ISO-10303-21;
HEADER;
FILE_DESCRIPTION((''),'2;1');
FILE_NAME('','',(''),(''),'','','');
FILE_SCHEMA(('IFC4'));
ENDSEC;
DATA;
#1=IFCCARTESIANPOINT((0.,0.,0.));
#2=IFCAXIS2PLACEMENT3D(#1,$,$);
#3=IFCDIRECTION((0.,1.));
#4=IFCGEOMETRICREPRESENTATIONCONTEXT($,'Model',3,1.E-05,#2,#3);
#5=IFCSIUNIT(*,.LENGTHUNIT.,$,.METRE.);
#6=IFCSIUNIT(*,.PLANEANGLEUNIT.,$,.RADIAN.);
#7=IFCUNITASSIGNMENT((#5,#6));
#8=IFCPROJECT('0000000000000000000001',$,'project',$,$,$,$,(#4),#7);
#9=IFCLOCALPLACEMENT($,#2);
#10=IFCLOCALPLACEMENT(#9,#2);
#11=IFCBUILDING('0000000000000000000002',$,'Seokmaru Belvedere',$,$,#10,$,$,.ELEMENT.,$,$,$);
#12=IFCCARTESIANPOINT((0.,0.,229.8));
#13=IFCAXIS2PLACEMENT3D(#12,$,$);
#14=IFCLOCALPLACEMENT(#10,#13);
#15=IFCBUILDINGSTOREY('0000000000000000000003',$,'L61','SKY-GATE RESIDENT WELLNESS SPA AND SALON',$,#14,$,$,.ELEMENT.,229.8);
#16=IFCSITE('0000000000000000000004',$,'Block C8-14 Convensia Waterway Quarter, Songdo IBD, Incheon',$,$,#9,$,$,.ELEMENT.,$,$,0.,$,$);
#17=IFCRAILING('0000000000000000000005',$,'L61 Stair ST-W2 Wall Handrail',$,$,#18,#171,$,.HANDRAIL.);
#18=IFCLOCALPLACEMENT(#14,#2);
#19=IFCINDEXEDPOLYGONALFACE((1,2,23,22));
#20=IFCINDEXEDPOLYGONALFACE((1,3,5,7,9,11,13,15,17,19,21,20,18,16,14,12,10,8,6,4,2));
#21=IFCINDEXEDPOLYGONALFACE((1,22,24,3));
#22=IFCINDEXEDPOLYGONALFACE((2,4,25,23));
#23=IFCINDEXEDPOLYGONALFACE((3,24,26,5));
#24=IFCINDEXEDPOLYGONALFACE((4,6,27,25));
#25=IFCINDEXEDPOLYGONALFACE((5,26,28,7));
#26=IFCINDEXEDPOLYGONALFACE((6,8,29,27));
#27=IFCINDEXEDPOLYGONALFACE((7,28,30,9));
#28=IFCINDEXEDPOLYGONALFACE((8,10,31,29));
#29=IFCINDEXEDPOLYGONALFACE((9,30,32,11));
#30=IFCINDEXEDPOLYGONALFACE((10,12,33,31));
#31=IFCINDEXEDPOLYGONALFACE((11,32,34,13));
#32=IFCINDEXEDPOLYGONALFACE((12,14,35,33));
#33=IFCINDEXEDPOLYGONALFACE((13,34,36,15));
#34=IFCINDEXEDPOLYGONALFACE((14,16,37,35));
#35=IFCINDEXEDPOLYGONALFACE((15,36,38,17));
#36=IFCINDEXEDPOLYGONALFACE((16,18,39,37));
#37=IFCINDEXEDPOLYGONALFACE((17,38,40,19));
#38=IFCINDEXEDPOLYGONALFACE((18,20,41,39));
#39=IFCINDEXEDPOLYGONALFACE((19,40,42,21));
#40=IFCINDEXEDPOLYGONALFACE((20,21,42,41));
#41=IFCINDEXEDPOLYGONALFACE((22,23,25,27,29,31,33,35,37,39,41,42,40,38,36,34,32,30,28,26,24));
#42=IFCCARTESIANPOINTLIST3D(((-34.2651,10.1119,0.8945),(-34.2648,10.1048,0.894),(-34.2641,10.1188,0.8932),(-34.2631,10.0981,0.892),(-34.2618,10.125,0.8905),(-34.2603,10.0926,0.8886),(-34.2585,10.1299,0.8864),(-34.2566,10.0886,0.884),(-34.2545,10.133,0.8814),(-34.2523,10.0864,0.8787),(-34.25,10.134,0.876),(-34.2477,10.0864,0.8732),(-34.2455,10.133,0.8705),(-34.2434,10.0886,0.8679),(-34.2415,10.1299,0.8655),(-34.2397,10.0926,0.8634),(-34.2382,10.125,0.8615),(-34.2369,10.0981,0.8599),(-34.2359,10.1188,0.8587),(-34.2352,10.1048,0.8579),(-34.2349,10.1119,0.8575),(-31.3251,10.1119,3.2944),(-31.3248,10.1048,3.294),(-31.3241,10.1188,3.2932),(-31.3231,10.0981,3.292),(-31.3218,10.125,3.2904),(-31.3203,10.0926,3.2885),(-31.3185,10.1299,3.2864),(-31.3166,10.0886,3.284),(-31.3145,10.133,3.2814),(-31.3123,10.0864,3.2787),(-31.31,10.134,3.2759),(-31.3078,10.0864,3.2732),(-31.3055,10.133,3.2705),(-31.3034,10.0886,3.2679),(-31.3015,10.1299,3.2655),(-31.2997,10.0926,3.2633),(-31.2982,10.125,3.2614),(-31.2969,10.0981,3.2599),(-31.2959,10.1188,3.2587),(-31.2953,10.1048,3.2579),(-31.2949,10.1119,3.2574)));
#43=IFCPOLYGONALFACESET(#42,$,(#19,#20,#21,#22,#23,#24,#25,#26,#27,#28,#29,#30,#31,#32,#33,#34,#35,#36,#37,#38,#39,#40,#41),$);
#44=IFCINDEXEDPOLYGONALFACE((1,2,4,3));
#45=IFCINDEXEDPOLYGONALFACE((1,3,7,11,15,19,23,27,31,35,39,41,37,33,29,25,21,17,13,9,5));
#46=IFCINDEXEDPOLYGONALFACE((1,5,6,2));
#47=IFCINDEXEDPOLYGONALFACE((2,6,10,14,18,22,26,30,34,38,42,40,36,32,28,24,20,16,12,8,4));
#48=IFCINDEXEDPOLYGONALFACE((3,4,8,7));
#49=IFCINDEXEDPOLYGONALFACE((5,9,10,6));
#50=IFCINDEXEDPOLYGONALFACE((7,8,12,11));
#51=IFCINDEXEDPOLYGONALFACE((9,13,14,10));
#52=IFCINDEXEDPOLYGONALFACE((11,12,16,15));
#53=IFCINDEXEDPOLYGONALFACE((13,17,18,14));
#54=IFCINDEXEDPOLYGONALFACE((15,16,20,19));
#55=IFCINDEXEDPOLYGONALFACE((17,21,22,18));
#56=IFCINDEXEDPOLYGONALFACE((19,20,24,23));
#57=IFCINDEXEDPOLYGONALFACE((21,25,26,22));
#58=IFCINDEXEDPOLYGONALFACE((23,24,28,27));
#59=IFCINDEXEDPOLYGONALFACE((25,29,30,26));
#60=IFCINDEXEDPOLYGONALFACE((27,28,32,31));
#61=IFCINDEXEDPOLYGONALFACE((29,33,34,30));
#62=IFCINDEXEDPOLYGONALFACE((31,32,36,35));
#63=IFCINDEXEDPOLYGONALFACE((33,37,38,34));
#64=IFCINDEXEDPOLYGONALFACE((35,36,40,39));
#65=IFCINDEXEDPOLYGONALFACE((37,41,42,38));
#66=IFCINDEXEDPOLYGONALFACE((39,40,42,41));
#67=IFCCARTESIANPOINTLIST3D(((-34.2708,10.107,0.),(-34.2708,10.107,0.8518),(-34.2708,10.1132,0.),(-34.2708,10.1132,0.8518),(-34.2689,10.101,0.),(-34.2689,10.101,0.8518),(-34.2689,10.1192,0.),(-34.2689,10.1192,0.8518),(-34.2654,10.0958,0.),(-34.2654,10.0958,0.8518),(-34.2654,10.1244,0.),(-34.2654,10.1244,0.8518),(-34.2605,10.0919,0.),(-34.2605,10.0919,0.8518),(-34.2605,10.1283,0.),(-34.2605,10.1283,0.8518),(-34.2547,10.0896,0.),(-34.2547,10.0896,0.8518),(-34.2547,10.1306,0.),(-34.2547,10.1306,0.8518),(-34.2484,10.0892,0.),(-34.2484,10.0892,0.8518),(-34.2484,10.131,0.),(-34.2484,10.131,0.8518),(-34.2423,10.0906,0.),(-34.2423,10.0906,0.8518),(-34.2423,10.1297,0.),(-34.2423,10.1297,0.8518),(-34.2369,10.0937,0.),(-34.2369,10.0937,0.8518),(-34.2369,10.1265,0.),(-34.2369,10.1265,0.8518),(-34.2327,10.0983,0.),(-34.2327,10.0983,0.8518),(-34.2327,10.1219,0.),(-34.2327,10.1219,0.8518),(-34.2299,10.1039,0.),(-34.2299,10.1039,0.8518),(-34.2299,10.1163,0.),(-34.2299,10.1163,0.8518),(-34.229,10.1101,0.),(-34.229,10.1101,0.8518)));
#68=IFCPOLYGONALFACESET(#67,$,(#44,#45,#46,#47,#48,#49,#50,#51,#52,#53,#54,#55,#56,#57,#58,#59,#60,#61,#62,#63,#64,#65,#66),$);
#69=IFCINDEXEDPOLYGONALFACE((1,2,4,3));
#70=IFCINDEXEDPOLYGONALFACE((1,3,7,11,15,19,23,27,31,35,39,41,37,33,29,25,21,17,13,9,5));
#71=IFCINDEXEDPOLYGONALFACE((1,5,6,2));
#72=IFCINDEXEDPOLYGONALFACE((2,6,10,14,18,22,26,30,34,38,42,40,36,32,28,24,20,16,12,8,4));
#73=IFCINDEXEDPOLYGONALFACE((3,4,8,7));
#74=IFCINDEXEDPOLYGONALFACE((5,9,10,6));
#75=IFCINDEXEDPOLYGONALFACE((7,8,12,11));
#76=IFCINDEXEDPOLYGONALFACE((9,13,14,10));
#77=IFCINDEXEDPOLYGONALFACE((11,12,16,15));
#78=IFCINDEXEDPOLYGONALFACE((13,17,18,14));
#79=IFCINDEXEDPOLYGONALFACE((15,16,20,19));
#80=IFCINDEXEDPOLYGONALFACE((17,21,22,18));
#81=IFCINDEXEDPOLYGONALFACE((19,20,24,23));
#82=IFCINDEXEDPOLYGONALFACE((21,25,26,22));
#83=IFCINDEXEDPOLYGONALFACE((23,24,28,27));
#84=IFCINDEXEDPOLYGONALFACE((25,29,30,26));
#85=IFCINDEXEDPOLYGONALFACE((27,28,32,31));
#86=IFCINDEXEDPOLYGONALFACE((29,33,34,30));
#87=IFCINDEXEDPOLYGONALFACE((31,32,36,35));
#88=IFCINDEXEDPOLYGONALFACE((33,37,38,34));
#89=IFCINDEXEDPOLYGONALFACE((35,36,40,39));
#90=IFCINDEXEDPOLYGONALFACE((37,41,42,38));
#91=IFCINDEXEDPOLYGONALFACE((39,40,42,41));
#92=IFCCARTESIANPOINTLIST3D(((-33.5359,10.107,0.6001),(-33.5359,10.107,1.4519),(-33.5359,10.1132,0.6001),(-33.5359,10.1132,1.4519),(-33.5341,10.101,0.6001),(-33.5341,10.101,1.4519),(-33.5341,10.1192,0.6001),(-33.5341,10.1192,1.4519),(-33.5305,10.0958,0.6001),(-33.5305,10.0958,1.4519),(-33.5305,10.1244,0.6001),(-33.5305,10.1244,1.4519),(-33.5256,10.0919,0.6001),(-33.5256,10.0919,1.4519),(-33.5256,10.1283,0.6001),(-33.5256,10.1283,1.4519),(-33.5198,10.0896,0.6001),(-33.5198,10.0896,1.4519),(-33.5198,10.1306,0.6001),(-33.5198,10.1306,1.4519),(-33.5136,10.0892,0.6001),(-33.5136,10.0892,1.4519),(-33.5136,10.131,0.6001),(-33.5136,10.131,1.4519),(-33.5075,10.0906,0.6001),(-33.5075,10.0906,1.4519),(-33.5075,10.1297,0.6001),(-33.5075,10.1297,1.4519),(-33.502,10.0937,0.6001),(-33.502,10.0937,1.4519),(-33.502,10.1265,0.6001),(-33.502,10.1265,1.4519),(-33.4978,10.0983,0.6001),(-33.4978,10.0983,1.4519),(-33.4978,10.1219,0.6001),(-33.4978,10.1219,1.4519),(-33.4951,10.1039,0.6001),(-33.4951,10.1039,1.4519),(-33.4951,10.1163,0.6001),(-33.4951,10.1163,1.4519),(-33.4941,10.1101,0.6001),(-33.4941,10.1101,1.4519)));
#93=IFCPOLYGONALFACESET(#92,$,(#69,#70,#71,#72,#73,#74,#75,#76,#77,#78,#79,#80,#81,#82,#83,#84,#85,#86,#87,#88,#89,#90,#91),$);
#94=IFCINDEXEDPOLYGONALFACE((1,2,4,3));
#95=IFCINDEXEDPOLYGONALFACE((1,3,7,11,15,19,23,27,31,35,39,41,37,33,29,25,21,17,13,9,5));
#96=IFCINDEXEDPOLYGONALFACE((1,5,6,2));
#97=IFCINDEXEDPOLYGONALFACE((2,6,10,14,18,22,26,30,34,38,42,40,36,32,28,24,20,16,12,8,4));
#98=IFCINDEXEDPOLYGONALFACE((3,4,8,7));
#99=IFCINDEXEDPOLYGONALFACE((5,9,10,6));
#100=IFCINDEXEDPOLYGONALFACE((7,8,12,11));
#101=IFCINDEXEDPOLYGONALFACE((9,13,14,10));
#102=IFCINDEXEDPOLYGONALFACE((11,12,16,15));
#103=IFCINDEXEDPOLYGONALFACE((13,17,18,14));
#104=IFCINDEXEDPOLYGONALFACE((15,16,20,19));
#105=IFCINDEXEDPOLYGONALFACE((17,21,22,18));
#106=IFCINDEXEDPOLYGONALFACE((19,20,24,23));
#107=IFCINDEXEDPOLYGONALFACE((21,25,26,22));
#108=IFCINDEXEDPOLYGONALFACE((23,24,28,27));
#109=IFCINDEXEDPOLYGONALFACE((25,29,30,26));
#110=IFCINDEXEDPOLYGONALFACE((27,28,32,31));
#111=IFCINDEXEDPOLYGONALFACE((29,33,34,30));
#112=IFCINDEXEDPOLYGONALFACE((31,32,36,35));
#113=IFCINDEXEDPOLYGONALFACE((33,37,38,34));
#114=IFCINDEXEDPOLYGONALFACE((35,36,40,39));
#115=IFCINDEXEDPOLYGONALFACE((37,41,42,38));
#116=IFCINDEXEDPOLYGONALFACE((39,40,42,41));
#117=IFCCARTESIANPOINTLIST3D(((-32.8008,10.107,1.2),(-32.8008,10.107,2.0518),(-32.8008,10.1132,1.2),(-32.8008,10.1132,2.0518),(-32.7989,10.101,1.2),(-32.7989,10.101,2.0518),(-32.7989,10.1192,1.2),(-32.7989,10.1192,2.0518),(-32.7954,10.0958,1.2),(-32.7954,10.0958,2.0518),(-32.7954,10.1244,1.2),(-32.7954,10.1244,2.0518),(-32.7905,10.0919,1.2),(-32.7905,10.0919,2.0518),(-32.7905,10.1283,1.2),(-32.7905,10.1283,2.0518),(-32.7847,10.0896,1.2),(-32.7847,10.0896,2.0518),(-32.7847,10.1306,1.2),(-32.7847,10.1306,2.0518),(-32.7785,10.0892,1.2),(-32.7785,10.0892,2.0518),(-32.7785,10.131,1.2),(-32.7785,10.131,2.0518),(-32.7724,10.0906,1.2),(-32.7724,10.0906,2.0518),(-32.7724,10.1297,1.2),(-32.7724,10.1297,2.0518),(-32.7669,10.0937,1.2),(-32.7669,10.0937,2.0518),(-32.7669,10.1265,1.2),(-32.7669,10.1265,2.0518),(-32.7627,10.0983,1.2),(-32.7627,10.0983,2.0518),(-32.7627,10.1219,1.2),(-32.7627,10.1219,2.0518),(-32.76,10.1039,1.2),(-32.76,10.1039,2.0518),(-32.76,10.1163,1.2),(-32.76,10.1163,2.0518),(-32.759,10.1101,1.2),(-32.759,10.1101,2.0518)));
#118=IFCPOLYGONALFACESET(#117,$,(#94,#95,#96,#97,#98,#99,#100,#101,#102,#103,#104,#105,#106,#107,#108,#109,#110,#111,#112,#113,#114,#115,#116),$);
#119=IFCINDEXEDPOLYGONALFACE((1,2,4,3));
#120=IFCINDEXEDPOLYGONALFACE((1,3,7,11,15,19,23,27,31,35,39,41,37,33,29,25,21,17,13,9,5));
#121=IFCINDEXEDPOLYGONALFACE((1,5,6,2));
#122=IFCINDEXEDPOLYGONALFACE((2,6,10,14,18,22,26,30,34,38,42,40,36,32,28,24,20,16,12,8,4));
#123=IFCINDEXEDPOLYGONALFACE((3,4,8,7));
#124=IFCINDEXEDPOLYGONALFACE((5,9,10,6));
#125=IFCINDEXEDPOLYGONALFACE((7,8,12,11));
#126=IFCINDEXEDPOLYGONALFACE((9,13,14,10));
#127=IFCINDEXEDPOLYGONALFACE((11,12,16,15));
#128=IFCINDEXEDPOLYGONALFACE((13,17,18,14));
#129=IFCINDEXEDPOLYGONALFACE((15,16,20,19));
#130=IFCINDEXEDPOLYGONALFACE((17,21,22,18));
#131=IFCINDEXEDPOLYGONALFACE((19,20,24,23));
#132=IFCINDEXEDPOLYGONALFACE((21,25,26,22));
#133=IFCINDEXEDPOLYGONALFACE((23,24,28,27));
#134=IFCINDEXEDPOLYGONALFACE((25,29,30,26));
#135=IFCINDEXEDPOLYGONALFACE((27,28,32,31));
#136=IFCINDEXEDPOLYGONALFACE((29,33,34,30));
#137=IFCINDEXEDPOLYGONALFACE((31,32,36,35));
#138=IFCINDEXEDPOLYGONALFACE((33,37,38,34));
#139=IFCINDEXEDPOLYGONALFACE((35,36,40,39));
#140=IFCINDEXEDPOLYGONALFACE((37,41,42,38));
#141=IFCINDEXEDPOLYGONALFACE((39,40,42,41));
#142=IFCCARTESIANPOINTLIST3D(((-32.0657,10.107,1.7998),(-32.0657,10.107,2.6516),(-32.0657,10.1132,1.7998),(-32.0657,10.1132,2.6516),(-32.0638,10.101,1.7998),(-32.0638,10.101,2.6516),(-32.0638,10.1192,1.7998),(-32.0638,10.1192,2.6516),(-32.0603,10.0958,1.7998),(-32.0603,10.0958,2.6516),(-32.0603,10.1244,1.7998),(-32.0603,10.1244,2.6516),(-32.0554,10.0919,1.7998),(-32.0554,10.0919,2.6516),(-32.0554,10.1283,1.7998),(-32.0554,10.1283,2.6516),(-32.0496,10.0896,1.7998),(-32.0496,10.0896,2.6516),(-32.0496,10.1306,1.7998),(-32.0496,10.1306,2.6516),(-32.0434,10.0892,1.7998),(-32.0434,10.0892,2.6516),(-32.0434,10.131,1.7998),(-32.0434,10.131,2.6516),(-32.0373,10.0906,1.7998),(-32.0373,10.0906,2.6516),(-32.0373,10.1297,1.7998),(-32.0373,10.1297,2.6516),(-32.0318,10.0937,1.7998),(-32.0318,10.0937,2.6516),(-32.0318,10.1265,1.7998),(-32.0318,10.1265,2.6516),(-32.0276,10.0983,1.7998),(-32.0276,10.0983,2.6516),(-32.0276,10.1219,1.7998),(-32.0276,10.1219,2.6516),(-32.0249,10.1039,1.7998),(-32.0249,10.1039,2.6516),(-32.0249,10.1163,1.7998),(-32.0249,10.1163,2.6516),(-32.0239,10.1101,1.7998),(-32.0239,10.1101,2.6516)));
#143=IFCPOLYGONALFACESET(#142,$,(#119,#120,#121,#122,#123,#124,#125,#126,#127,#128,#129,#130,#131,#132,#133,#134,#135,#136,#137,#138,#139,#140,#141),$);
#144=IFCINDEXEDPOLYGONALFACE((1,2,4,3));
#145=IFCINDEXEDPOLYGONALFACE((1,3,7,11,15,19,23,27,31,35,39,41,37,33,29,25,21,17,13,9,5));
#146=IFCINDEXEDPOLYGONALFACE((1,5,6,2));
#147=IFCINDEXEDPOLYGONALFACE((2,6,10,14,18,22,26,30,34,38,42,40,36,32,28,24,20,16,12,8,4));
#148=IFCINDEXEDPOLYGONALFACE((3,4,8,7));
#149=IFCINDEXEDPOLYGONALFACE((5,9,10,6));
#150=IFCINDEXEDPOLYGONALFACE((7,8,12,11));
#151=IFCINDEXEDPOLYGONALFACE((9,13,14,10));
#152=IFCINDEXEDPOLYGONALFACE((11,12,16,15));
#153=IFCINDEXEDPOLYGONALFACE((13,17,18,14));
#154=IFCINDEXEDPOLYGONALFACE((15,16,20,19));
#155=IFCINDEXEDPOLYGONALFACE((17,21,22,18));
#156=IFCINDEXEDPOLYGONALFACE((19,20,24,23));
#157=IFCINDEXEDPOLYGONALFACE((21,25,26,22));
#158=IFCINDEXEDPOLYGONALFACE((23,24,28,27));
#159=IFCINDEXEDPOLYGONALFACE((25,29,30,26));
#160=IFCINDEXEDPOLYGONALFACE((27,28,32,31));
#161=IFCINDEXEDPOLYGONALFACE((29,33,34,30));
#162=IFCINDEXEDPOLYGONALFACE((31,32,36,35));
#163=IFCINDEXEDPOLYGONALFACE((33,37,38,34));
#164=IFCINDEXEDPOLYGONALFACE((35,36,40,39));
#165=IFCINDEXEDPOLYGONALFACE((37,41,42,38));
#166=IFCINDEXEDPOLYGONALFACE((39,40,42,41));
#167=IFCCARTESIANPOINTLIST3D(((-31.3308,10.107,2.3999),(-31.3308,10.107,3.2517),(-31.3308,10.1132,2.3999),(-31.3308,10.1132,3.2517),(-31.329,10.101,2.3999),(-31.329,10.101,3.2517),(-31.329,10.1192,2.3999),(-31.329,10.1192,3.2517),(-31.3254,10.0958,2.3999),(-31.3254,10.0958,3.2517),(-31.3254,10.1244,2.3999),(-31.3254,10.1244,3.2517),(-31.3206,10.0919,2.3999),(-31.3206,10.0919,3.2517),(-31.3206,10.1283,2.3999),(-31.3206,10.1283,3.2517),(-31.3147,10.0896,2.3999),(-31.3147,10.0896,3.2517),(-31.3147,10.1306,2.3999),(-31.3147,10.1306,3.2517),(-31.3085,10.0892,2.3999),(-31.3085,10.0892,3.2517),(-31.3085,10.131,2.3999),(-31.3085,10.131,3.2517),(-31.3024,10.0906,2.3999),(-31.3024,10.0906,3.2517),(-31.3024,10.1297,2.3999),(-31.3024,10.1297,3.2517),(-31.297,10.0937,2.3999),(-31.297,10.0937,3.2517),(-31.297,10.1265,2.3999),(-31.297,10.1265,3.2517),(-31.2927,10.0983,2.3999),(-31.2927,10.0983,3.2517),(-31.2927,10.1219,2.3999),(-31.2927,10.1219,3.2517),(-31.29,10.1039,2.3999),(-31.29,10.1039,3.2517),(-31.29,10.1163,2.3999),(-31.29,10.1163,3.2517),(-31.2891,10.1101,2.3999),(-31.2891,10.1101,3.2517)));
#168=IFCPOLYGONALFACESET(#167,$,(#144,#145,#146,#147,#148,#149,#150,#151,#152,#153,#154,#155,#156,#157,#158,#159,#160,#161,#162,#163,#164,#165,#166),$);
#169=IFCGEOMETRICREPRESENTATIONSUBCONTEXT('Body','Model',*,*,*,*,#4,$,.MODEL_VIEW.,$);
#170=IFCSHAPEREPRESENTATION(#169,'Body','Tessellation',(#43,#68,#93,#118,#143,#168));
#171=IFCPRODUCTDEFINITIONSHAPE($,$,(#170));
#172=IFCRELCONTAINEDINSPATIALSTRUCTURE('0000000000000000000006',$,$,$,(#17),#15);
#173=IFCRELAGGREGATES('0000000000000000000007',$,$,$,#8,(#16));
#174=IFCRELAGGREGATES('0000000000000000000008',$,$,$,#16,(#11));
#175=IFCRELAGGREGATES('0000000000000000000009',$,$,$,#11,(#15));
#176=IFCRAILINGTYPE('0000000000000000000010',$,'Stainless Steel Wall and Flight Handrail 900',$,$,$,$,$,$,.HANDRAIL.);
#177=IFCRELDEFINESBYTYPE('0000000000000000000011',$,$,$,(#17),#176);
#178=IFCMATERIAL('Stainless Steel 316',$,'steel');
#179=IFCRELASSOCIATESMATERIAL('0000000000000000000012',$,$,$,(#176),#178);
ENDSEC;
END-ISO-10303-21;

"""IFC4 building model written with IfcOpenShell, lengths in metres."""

from ifc_helpers import new_model, si_unit, direction, frame, origin, origin_2d, place, context, subcontext, project, spatial, circle, extrude, material, type_object, element, save


model = new_model("IFC4")

# Units and contexts
model_context = context("Model", 3, precision=1e-05, world=origin(), true_north=direction((0.0, 1.0)))
body_context = subcontext(model_context, "Body", "Model", "MODEL_VIEW")
ifc_project = project(units=[si_unit("LENGTHUNIT", "METRE"), si_unit("PLANEANGLEUNIT", "RADIAN")], contexts=[model_context])

# Site, building, storey
site_placement = place(None, origin())
site = spatial("IfcSite", under=ifc_project, at=site_placement, Name="Block C8-14 Convensia Waterway Quarter, Songdo IBD, Incheon", CompositionType="ELEMENT", RefElevation=0.0)
building_placement = place(site_placement, origin())
building = spatial("IfcBuilding", under=site, at=building_placement, Name="Seokmaru Belvedere", CompositionType="ELEMENT")
storey_placement = place(building_placement, frame((0.0, 0.0, 229.8)))
storey = spatial("IfcBuildingStorey", under=building, at=storey_placement, Name="L61", Description="SKY-GATE RESIDENT WELLNESS SPA AND SALON", CompositionType="ELEMENT", Elevation=229.8)

# Railing
ifc_material_1 = material(Name="Stainless Steel 316", Category="steel")
railing_type_1 = type_object("IfcRailingType", Name="Stainless Steel Wall and Flight Handrail 900", PredefinedType="HANDRAIL", material=ifc_material_1)
railing_1_placement = place(storey_placement, frame((-34.25, 10.1101, 0.0)))
element("IfcRailing", 1, at=railing_1_placement, inside=storey, type_object=railing_type_1, Name="L61 Stair ST-W2 Wall Handrail", PredefinedType="HANDRAIL", context=body_context, shape_type="SweptSolid", body=[
    extrude(circle(Radius=0.0239, at=origin_2d()), frame((0.0, 0.0, 0.876), z_axis=(0.774668, 0.0, 0.632369), x_axis=(0.0, 1.0, 0.0)), (0.0, 0.0, 1.0), 3.7952),
    extrude(circle(Radius=0.021, at=origin_2d()), origin(), (0.0, 0.0, 1.0), 0.8518),
    extrude(circle(Radius=0.021, at=origin_2d()), frame((0.7349, 0.0, 0.6001)), (0.0, 0.0, 1.0), 0.8518),
    extrude(circle(Radius=0.021, at=origin_2d()), frame((1.47, 0.0, 1.2)), (0.0, 0.0, 1.0), 0.8518),
    extrude(circle(Radius=0.021, at=origin_2d()), frame((2.2051, 0.0, 1.7998)), (0.0, 0.0, 1.0), 0.8518),
    extrude(circle(Radius=0.021, at=origin_2d()), frame((2.9399, 0.0, 2.3999)), (0.0, 0.0, 1.0), 0.8518),
])

save(model, "model.ifc")
